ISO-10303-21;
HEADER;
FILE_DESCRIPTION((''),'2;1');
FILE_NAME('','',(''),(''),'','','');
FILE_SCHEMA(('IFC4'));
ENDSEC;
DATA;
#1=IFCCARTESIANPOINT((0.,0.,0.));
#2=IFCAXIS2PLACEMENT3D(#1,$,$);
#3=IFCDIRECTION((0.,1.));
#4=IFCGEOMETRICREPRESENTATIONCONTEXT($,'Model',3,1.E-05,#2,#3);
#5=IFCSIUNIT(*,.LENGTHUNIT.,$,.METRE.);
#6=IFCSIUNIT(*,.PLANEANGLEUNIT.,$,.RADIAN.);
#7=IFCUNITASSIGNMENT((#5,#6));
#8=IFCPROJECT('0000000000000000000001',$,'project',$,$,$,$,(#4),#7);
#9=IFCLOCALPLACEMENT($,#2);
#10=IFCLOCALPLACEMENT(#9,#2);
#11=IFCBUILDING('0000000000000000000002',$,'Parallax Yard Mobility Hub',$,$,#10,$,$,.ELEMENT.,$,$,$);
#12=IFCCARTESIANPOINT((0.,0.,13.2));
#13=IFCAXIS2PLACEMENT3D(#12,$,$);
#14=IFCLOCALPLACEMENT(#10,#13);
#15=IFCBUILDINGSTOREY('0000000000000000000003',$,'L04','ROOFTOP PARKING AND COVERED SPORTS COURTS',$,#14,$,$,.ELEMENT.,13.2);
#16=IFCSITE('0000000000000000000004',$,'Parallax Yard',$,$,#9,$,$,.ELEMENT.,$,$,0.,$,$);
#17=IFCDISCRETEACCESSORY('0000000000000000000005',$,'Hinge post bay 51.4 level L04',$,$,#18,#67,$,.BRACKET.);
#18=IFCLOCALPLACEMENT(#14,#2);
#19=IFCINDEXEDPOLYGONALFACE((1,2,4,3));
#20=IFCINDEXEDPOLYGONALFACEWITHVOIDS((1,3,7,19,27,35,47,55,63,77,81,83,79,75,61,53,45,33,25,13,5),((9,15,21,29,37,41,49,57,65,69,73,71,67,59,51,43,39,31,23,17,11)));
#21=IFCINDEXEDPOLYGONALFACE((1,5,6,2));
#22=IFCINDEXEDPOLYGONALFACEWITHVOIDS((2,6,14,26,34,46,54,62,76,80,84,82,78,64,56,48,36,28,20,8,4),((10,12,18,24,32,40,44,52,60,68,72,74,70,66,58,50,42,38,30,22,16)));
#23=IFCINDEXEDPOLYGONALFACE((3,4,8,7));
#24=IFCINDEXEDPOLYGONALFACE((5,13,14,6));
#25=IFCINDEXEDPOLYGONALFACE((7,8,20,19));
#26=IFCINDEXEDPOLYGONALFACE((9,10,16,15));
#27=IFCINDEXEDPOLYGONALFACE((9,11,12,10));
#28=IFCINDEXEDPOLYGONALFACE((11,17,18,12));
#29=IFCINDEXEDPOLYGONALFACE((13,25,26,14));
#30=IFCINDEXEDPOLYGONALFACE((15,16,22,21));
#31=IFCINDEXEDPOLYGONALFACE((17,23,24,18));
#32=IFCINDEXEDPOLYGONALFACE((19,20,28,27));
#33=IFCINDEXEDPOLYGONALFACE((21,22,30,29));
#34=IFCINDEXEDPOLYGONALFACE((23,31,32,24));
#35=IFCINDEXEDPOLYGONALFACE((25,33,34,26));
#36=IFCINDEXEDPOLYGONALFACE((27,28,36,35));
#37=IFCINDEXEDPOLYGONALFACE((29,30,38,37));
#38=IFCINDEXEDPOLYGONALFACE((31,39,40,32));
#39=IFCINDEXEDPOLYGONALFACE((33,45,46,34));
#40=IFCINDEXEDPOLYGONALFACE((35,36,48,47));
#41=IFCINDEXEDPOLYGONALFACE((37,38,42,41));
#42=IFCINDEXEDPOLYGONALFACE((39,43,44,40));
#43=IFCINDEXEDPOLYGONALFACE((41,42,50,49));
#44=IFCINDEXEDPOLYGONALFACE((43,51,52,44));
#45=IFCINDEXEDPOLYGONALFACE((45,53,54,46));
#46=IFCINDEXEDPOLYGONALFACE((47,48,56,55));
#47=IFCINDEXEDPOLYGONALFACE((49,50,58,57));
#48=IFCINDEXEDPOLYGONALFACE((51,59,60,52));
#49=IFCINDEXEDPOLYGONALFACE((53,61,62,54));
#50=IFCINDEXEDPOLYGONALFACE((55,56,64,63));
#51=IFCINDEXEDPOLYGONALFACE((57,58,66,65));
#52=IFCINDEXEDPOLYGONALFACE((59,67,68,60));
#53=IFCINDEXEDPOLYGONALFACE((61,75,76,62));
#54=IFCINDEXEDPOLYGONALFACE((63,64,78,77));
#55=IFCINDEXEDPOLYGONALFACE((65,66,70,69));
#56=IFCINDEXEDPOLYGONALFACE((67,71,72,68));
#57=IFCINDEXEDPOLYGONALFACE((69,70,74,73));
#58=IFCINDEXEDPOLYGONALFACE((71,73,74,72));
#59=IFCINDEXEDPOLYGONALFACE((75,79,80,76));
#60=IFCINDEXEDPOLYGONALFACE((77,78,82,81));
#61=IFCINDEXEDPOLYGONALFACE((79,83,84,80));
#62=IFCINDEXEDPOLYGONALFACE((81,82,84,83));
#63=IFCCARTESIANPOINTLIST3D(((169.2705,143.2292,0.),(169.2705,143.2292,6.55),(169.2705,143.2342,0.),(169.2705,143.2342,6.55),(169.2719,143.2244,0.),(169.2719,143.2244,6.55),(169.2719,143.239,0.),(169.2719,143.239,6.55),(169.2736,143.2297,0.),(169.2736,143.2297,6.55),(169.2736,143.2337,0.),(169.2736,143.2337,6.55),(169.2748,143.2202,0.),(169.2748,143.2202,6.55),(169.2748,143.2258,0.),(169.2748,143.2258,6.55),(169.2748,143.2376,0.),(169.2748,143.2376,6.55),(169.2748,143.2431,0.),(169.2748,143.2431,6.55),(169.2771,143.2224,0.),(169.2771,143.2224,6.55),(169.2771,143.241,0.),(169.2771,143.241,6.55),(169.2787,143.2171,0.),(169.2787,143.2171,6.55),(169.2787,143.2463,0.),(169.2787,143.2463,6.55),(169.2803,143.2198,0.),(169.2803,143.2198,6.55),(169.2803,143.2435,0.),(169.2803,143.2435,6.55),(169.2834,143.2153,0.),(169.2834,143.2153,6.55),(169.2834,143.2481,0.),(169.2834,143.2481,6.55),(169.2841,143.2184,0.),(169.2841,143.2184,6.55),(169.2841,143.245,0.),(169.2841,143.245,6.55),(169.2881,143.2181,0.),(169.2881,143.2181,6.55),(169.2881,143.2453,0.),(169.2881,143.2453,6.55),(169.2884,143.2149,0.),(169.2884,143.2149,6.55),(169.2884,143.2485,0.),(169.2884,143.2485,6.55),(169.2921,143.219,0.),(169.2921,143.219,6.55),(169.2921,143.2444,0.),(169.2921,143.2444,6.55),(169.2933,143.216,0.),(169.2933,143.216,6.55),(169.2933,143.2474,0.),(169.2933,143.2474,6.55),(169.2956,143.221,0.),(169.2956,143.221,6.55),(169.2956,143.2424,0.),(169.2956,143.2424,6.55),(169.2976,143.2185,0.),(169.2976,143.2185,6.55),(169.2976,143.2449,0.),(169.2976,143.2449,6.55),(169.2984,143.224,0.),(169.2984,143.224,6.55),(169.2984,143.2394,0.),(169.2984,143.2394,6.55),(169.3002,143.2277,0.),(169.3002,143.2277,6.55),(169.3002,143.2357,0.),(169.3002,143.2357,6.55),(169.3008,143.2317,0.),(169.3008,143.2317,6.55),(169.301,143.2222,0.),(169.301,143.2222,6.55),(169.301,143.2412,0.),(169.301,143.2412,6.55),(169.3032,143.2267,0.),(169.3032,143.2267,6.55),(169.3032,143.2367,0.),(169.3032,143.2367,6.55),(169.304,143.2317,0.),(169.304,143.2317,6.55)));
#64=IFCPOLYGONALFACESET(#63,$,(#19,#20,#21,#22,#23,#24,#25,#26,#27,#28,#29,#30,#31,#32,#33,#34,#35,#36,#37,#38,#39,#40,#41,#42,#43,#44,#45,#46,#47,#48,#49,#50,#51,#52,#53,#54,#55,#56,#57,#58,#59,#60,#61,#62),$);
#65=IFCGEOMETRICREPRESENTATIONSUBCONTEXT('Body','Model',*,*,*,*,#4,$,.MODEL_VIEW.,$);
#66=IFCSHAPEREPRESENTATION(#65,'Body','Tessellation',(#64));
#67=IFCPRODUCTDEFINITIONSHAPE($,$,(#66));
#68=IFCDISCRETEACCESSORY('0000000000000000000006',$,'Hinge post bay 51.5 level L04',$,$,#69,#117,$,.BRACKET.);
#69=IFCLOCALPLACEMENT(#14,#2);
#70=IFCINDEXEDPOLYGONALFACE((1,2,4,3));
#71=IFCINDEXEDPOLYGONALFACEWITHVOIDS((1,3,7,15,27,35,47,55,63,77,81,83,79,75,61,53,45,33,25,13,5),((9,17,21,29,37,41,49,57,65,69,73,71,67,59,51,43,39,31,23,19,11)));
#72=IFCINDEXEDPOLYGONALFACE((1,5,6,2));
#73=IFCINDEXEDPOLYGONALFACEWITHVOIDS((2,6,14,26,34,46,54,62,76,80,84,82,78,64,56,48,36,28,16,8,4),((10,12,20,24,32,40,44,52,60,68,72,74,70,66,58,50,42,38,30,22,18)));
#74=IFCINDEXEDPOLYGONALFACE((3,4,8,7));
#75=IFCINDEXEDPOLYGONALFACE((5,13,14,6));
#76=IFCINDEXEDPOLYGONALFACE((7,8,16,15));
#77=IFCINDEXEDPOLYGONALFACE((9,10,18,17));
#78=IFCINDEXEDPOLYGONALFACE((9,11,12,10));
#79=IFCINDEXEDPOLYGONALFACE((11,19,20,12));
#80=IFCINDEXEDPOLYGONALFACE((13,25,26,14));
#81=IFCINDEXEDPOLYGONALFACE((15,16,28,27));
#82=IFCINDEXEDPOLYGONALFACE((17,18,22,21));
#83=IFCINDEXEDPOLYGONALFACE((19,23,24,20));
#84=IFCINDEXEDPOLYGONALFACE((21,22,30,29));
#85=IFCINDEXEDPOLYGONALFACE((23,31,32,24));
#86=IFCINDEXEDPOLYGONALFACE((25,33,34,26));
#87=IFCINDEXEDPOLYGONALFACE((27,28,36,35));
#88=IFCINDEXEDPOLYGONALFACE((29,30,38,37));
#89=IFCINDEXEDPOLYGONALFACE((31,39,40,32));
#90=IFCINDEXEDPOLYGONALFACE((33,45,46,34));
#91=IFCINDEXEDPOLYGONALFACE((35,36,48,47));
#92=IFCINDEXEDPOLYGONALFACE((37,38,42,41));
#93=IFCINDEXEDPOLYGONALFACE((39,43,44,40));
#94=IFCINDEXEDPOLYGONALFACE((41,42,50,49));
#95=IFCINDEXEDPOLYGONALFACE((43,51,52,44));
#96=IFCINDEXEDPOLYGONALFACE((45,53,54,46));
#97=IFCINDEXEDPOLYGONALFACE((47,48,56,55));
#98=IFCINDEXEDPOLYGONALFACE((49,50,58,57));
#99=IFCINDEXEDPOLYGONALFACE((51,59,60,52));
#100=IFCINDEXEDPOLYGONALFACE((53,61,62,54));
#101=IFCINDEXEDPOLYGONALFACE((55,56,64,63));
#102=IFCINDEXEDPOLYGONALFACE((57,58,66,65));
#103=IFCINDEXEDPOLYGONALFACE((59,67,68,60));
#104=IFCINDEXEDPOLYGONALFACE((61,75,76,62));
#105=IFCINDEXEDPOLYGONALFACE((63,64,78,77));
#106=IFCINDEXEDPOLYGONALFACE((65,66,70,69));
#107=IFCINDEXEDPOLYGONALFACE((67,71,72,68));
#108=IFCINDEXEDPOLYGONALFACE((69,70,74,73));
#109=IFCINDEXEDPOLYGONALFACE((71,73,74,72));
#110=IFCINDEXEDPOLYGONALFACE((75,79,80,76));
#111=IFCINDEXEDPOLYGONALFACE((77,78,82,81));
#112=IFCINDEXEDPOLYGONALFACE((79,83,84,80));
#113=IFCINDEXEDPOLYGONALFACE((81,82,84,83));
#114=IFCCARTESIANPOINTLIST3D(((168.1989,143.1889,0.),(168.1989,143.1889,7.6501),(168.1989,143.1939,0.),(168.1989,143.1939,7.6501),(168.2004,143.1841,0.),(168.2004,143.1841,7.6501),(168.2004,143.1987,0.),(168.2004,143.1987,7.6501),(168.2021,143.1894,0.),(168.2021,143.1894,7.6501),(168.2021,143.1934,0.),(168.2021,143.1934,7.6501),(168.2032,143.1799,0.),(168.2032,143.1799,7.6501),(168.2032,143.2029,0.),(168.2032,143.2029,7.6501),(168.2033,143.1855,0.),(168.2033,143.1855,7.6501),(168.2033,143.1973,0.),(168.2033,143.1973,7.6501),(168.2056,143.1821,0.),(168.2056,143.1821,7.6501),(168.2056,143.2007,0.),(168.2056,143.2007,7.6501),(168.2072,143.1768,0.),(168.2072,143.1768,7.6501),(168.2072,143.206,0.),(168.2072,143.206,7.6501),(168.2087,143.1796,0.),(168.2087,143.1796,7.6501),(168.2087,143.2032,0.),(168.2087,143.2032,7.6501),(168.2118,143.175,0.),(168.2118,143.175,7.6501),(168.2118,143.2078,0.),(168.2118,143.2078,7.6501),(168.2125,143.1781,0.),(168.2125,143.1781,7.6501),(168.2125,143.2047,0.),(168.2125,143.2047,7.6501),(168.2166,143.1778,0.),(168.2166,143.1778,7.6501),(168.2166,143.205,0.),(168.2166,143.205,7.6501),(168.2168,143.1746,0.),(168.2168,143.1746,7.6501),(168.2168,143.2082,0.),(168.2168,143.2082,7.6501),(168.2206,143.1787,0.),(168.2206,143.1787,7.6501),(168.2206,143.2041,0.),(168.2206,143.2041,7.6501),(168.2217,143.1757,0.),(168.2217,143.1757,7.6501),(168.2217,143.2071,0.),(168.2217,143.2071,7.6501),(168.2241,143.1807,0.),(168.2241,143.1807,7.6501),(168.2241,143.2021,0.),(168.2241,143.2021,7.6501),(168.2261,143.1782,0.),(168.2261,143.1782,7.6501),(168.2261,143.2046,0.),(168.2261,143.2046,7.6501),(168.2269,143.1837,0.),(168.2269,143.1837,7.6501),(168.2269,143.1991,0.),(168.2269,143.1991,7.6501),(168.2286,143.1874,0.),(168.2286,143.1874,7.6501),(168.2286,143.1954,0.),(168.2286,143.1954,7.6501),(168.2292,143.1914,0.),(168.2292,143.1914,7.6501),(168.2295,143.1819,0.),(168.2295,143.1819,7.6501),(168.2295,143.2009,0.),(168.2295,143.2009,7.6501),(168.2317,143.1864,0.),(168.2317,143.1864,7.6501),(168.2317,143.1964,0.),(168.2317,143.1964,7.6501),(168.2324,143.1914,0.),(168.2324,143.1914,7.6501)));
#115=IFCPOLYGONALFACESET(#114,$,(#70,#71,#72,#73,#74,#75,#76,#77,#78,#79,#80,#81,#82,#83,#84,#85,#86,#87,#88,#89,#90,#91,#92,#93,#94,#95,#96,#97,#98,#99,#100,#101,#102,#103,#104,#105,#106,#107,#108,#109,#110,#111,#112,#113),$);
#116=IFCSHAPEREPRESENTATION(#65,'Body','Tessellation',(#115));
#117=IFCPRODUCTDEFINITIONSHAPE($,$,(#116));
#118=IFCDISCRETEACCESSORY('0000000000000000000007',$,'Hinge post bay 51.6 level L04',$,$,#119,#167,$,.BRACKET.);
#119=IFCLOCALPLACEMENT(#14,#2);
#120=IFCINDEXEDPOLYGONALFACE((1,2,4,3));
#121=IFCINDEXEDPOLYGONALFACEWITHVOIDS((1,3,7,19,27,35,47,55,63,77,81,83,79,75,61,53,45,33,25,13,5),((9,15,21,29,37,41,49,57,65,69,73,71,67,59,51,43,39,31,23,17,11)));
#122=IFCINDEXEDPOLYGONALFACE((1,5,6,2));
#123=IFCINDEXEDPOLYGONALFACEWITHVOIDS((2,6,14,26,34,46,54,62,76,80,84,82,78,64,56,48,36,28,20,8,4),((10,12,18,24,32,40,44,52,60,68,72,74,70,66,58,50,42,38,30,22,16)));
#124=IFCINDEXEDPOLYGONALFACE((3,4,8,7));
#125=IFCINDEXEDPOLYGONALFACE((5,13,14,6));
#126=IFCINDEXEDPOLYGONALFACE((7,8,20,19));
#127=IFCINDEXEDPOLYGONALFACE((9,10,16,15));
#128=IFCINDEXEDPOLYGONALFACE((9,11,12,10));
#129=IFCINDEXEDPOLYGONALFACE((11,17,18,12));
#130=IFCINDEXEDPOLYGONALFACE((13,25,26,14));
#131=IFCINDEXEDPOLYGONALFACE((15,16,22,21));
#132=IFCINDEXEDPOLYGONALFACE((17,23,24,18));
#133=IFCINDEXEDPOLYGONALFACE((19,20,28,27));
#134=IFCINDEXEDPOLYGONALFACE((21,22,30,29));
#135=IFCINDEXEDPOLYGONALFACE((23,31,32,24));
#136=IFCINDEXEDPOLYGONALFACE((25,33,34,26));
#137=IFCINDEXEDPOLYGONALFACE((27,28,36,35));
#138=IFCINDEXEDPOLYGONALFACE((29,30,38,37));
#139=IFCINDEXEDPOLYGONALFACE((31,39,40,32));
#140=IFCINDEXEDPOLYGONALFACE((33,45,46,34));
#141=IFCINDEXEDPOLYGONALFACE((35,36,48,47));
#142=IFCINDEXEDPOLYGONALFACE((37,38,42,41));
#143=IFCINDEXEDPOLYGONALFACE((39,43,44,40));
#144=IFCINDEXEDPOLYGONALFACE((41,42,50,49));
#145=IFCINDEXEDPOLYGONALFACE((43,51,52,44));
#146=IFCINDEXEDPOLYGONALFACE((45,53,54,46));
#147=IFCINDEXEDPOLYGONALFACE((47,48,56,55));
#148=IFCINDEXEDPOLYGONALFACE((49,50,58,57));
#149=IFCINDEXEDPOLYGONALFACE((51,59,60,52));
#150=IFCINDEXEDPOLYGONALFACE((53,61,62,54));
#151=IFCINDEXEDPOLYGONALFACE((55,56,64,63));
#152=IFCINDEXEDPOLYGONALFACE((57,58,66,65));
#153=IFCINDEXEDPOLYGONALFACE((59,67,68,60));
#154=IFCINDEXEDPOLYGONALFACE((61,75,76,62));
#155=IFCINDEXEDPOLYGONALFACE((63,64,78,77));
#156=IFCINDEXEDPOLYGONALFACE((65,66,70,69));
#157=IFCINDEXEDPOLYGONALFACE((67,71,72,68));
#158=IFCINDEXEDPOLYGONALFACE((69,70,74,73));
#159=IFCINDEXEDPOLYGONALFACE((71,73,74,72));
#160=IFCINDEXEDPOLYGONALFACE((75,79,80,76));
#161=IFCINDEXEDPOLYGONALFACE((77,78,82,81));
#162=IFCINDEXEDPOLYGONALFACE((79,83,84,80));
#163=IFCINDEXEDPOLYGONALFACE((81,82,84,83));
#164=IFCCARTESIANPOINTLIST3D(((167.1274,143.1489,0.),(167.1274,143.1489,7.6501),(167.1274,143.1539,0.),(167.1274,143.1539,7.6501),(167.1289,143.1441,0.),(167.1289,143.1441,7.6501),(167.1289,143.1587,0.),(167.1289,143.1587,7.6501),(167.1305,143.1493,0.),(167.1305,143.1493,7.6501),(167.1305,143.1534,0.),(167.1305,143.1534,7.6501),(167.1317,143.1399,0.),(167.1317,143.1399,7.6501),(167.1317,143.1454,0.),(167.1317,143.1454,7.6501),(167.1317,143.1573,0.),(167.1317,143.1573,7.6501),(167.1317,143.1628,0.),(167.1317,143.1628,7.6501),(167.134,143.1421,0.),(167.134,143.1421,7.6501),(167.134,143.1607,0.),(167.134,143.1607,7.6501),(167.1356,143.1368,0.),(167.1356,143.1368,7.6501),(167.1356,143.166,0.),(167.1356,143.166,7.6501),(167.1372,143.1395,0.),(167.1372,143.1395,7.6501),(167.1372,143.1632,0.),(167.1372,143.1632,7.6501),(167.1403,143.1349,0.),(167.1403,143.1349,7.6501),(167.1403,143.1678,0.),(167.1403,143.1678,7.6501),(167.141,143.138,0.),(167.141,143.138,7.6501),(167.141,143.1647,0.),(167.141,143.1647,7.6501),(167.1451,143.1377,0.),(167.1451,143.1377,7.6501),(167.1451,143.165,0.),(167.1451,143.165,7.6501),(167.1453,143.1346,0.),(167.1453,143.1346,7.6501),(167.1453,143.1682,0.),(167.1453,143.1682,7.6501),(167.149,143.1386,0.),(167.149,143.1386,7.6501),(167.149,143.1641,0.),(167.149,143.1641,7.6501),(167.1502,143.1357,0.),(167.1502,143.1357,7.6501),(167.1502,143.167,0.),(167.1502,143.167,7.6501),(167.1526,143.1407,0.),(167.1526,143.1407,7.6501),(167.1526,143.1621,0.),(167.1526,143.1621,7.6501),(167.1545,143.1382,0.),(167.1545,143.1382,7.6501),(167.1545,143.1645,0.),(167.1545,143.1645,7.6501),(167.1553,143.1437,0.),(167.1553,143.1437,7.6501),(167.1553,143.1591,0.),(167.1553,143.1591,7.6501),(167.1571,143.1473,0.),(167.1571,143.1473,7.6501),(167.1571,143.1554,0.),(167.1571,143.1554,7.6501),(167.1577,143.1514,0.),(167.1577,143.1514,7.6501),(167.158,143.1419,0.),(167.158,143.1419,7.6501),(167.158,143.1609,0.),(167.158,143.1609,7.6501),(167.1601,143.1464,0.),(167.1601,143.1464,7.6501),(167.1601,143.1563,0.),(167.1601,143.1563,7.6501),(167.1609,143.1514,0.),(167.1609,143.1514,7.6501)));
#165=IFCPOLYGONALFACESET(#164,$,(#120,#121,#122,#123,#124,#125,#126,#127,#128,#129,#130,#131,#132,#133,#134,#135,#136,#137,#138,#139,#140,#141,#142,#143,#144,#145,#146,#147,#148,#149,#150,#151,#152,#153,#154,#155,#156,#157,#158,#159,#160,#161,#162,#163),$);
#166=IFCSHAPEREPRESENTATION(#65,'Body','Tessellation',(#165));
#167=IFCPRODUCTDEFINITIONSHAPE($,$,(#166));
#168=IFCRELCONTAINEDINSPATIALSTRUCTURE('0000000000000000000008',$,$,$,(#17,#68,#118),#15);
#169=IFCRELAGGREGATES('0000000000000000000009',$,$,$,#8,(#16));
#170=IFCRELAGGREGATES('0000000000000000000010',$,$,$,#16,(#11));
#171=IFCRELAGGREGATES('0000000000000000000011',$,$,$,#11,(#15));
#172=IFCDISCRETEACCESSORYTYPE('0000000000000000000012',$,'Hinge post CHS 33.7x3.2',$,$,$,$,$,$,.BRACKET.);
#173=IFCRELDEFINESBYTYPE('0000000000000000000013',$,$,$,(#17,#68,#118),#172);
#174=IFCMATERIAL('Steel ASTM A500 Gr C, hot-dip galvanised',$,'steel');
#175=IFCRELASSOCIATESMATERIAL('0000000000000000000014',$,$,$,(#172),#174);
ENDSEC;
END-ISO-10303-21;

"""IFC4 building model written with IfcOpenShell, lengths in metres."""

from ifc_helpers import new_model, si_unit, direction, frame, origin, origin_2d, place, context, subcontext, project, spatial, hollow_circle, extrude, material, material_profile, profile_set, type_object, element, save


model = new_model("IFC4")

# Units and contexts
model_context = context("Model", 3, precision=1e-05, world=origin(), true_north=direction((0.0, 1.0)))
body_context = subcontext(model_context, "Body", "Model", "MODEL_VIEW")
ifc_project = project(units=[si_unit("LENGTHUNIT", "METRE"), si_unit("PLANEANGLEUNIT", "RADIAN")], contexts=[model_context])

# Site, building, storey
site_placement = place(None, origin())
site = spatial("IfcSite", under=ifc_project, at=site_placement, Name="Parallax Yard", CompositionType="ELEMENT", RefElevation=0.0)
building_placement = place(site_placement, origin())
building = spatial("IfcBuilding", under=site, at=building_placement, Name="Parallax Yard Mobility Hub", CompositionType="ELEMENT")
storey_placement = place(building_placement, frame((0.0, 0.0, 13.2)))
storey = spatial("IfcBuildingStorey", under=building, at=storey_placement, Name="L04", Description="ROOFTOP PARKING AND COVERED SPORTS COURTS", CompositionType="ELEMENT", Elevation=13.2)

# Discrete accessories
ifc_material_1 = material(Name="Steel ASTM A500 Gr C, hot-dip galvanised", Category="steel")
ifc_material_profile = material_profile(ifc_material_1, hollow_circle(Radius=0.0168, WallThickness=0.0032, at=origin_2d()), Name="CHS 33.7x3.2")
ifc_profile_set = profile_set([ifc_material_profile], Name="Steel ASTM A500 Gr C, hot-dip galvanised")
discrete_accessory_type_1 = type_object("IfcDiscreteAccessoryType", Name="Hinge post CHS 33.7x3.2", PredefinedType="BRACKET", material=ifc_profile_set)
discrete_accessory_1_placement = place(storey_placement, frame((169.2871, 143.2317, 0.0), z_axis=(0.0, 0.0, 1.0), x_axis=(1.0, 0.0, 0.0)))
element("IfcDiscreteAccessory", 1, at=discrete_accessory_1_placement, inside=storey, type_object=discrete_accessory_type_1, Name="Hinge post bay 51.4 level L04", PredefinedType="BRACKET", context=body_context, shape_type="SweptSolid", body=[
    extrude(hollow_circle(Radius=0.0168, WallThickness=0.0032, at=origin_2d()), origin(), (0.0, 0.0, 1.0), 6.55),
])
for number, where, z_axis, x_axis, name in (
    (2, (168.2156, 143.1914, 0.0), (0.0, 0.0, 1.0), (1.0, 0.0, 0.0), "Hinge post bay 51.5 level L04"),
    (3, (167.144, 143.1514, 0.0), (0.0, 0.0, 1.0), (1.0, 0.0, 0.0), "Hinge post bay 51.6 level L04"),
):
    element("IfcDiscreteAccessory", number, at=place(storey_placement, frame(where, z_axis=z_axis, x_axis=x_axis)), inside=storey, type_object=discrete_accessory_type_1, Name=name, PredefinedType="BRACKET", context=body_context, shape_type="SweptSolid", body=[
        extrude(hollow_circle(Radius=0.0168, WallThickness=0.0032, at=origin_2d()), origin(), (0.0, 0.0, 1.0), 7.6501),
    ])

save(model, "model.ifc")
